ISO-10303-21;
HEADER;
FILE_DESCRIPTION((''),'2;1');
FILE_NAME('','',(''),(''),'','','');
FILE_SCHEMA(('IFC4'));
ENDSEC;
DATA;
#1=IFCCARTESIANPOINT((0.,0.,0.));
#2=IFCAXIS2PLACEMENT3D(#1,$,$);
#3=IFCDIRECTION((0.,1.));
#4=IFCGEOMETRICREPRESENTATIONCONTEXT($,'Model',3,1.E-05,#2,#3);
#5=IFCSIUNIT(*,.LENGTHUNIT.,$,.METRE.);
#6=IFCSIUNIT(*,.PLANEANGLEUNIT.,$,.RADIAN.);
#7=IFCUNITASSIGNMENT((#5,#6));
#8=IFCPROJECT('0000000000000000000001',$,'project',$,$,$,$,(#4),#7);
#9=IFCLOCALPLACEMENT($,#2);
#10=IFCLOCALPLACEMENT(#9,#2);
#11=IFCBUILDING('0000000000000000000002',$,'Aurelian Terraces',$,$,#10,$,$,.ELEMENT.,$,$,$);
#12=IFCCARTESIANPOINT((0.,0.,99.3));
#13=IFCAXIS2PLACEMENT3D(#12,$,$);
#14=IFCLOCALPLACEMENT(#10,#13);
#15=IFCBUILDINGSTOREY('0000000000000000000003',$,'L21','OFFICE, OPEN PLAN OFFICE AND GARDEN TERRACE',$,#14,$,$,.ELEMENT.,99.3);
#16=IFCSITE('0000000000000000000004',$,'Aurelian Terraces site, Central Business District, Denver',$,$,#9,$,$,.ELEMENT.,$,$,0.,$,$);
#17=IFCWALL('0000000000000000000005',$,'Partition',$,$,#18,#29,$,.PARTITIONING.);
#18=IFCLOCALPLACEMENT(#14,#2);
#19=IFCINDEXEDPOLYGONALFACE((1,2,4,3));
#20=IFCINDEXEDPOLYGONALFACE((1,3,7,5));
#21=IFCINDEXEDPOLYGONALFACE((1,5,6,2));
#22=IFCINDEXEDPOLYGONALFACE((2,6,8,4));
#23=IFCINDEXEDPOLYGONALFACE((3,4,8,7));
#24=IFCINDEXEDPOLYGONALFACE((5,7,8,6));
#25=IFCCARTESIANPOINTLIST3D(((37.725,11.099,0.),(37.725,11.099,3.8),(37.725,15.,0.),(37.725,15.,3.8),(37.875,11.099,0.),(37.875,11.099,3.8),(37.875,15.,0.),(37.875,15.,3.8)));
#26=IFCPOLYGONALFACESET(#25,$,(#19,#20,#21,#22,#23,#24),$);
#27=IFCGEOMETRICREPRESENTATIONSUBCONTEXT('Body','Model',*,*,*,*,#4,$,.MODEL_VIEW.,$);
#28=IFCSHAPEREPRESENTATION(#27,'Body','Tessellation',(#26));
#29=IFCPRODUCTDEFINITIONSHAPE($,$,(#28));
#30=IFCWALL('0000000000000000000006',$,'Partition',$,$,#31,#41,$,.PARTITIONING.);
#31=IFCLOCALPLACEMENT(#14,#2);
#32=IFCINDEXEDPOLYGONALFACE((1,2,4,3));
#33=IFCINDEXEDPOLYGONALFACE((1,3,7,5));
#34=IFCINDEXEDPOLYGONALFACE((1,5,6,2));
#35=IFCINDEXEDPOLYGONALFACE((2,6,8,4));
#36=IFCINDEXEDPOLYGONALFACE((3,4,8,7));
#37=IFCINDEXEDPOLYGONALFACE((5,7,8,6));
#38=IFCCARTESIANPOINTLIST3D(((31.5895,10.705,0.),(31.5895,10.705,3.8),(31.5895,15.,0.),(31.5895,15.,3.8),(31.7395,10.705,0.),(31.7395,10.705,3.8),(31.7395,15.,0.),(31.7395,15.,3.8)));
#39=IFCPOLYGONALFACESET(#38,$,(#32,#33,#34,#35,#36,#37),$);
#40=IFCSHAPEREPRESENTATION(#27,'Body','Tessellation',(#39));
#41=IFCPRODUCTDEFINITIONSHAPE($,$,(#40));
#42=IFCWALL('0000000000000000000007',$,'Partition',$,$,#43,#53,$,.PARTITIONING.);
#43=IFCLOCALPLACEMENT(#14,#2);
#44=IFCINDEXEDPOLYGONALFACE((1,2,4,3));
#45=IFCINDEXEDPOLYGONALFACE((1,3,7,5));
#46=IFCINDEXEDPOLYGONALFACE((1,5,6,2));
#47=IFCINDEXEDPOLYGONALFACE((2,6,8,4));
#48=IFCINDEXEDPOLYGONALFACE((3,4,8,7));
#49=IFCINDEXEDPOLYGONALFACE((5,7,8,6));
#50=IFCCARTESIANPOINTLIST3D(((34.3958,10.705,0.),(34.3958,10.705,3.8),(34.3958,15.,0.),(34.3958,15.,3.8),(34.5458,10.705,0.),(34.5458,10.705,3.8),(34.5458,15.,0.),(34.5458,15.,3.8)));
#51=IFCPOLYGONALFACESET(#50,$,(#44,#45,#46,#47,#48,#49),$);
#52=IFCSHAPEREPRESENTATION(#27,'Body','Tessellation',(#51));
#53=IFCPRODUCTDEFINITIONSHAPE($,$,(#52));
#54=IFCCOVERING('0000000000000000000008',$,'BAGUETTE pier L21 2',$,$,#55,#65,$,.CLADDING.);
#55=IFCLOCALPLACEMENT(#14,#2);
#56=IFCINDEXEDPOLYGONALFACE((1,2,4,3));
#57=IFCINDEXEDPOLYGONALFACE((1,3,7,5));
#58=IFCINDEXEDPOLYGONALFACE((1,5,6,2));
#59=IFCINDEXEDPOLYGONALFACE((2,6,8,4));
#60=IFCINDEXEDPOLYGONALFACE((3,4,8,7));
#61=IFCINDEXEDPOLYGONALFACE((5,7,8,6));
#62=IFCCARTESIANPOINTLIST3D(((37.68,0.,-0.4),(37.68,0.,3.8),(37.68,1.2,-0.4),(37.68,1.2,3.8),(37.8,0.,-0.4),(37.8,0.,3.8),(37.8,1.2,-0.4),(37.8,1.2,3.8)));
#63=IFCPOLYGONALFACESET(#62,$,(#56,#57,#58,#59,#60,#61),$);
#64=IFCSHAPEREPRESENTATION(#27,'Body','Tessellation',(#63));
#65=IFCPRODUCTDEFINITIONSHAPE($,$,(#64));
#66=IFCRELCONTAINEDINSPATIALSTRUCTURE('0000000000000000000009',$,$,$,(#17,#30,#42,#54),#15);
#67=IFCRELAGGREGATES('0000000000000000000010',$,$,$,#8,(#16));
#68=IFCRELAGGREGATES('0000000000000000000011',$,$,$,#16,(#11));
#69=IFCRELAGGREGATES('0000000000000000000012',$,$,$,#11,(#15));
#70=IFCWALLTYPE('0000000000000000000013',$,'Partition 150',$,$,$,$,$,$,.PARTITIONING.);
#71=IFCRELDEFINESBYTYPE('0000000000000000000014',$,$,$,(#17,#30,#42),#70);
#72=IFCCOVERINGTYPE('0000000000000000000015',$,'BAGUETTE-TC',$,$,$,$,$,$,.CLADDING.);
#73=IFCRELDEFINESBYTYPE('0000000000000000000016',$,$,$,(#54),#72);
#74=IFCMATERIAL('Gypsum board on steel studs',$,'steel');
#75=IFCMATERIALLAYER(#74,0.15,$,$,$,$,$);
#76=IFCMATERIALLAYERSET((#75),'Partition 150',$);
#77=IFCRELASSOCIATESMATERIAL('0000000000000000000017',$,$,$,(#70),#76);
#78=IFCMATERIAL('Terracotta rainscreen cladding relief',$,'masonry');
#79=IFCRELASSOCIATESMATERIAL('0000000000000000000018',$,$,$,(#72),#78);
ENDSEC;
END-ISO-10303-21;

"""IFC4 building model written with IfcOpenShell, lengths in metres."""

from ifc_helpers import new_model, si_unit, direction, frame, frame_2d, origin, origin_2d, place, context, subcontext, project, spatial, rectangle, extrude, source, transform, mapped, material, layer, layer_set, type_object, element, save


model = new_model("IFC4")

# Units and contexts
model_context = context("Model", 3, precision=1e-05, world=origin(), true_north=direction((0.0, 1.0)))
body_context = subcontext(model_context, "Body", "Model", "MODEL_VIEW")
ifc_project = project(units=[si_unit("LENGTHUNIT", "METRE"), si_unit("PLANEANGLEUNIT", "RADIAN")], contexts=[model_context])

# Site, building, storey
site_placement = place(None, origin())
site = spatial("IfcSite", under=ifc_project, at=site_placement, Name="Aurelian Terraces site, Central Business District, Denver", CompositionType="ELEMENT", RefElevation=0.0)
building_placement = place(site_placement, origin())
building = spatial("IfcBuilding", under=site, at=building_placement, Name="Aurelian Terraces", CompositionType="ELEMENT")
storey_placement = place(building_placement, frame((0.0, 0.0, 99.3)))
storey = spatial("IfcBuildingStorey", under=building, at=storey_placement, Name="L21", Description="OFFICE, OPEN PLAN OFFICE AND GARDEN TERRACE", CompositionType="ELEMENT", Elevation=99.3)

# Walls
ifc_material_1 = material(Name="Gypsum board on steel studs", Category="steel")
ifc_layer_1 = layer(ifc_material_1, 0.15)
ifc_layer_set_1 = layer_set([ifc_layer_1], Name="Partition 150")
wall_type_1 = type_object("IfcWallType", Name="Partition 150", PredefinedType="PARTITIONING", material=ifc_layer_set_1)
shared_shape_1 = source(origin(), body_context, "Body", "SweptSolid", [
    extrude(rectangle(XDim=3.901, YDim=0.15, at=frame_2d((1.9505, 0.0))), origin(), (0.0, 0.0, 1.0), 3.8),
])
for number, where, z_axis, x_axis, name in (
    (1, (37.8, 11.099, 0.0), (0.0, 0.0, 1.0), (0.0, 1.0, 0.0), "Partition"),
):
    element("IfcWall", number, at=place(storey_placement, frame(where, z_axis=z_axis, x_axis=x_axis)), inside=storey, type_object=wall_type_1, Name=name, PredefinedType="PARTITIONING", context=body_context, shape_type="MappedRepresentation", body=[
        mapped(shared_shape_1, transform((0.0, 0.0, 0.0), scale=1.0)),
    ])
shared_shape_2 = source(origin(), body_context, "Body", "SweptSolid", [
    extrude(rectangle(XDim=4.295, YDim=0.15, at=frame_2d((2.1475, 0.0))), origin(), (0.0, 0.0, 1.0), 3.8),
])
for number, where, z_axis, x_axis, name in (
    (2, (31.6645, 10.705, 0.0), (0.0, 0.0, 1.0), (0.0, 1.0, 0.0), "Partition"),
    (3, (34.4708, 10.705, 0.0), (0.0, 0.0, 1.0), (0.0, 1.0, 0.0), "Partition"),
):
    element("IfcWall", number, at=place(storey_placement, frame(where, z_axis=z_axis, x_axis=x_axis)), inside=storey, type_object=wall_type_1, Name=name, PredefinedType="PARTITIONING", context=body_context, shape_type="MappedRepresentation", body=[
        mapped(shared_shape_2, transform((0.0, 0.0, 0.0), scale=1.0)),
    ])

# Covering
ifc_material_2 = material(Name="Terracotta rainscreen cladding relief", Category="masonry")
covering_type = type_object("IfcCoveringType", Name="BAGUETTE-TC", PredefinedType="CLADDING", material=ifc_material_2)
shared_shape_3 = source(origin(), body_context, "Body", "SweptSolid", [
    extrude(rectangle(XDim=0.12, YDim=1.2, at=origin_2d()), origin(), (0.0, 0.0, 1.0), 4.2),
])
covering_placement = place(storey_placement, frame((37.74, 0.6, -0.4), z_axis=(0.0, 0.0, 1.0), x_axis=(1.0, 0.0, 0.0)))
element("IfcCovering", 4, at=covering_placement, inside=storey, type_object=covering_type, Name="BAGUETTE pier L21 2", PredefinedType="CLADDING", context=body_context, shape_type="MappedRepresentation", body=[
    mapped(shared_shape_3, transform((0.0, 0.0, 0.0), scale=1.0)),
])

save(model, "model.ifc")
